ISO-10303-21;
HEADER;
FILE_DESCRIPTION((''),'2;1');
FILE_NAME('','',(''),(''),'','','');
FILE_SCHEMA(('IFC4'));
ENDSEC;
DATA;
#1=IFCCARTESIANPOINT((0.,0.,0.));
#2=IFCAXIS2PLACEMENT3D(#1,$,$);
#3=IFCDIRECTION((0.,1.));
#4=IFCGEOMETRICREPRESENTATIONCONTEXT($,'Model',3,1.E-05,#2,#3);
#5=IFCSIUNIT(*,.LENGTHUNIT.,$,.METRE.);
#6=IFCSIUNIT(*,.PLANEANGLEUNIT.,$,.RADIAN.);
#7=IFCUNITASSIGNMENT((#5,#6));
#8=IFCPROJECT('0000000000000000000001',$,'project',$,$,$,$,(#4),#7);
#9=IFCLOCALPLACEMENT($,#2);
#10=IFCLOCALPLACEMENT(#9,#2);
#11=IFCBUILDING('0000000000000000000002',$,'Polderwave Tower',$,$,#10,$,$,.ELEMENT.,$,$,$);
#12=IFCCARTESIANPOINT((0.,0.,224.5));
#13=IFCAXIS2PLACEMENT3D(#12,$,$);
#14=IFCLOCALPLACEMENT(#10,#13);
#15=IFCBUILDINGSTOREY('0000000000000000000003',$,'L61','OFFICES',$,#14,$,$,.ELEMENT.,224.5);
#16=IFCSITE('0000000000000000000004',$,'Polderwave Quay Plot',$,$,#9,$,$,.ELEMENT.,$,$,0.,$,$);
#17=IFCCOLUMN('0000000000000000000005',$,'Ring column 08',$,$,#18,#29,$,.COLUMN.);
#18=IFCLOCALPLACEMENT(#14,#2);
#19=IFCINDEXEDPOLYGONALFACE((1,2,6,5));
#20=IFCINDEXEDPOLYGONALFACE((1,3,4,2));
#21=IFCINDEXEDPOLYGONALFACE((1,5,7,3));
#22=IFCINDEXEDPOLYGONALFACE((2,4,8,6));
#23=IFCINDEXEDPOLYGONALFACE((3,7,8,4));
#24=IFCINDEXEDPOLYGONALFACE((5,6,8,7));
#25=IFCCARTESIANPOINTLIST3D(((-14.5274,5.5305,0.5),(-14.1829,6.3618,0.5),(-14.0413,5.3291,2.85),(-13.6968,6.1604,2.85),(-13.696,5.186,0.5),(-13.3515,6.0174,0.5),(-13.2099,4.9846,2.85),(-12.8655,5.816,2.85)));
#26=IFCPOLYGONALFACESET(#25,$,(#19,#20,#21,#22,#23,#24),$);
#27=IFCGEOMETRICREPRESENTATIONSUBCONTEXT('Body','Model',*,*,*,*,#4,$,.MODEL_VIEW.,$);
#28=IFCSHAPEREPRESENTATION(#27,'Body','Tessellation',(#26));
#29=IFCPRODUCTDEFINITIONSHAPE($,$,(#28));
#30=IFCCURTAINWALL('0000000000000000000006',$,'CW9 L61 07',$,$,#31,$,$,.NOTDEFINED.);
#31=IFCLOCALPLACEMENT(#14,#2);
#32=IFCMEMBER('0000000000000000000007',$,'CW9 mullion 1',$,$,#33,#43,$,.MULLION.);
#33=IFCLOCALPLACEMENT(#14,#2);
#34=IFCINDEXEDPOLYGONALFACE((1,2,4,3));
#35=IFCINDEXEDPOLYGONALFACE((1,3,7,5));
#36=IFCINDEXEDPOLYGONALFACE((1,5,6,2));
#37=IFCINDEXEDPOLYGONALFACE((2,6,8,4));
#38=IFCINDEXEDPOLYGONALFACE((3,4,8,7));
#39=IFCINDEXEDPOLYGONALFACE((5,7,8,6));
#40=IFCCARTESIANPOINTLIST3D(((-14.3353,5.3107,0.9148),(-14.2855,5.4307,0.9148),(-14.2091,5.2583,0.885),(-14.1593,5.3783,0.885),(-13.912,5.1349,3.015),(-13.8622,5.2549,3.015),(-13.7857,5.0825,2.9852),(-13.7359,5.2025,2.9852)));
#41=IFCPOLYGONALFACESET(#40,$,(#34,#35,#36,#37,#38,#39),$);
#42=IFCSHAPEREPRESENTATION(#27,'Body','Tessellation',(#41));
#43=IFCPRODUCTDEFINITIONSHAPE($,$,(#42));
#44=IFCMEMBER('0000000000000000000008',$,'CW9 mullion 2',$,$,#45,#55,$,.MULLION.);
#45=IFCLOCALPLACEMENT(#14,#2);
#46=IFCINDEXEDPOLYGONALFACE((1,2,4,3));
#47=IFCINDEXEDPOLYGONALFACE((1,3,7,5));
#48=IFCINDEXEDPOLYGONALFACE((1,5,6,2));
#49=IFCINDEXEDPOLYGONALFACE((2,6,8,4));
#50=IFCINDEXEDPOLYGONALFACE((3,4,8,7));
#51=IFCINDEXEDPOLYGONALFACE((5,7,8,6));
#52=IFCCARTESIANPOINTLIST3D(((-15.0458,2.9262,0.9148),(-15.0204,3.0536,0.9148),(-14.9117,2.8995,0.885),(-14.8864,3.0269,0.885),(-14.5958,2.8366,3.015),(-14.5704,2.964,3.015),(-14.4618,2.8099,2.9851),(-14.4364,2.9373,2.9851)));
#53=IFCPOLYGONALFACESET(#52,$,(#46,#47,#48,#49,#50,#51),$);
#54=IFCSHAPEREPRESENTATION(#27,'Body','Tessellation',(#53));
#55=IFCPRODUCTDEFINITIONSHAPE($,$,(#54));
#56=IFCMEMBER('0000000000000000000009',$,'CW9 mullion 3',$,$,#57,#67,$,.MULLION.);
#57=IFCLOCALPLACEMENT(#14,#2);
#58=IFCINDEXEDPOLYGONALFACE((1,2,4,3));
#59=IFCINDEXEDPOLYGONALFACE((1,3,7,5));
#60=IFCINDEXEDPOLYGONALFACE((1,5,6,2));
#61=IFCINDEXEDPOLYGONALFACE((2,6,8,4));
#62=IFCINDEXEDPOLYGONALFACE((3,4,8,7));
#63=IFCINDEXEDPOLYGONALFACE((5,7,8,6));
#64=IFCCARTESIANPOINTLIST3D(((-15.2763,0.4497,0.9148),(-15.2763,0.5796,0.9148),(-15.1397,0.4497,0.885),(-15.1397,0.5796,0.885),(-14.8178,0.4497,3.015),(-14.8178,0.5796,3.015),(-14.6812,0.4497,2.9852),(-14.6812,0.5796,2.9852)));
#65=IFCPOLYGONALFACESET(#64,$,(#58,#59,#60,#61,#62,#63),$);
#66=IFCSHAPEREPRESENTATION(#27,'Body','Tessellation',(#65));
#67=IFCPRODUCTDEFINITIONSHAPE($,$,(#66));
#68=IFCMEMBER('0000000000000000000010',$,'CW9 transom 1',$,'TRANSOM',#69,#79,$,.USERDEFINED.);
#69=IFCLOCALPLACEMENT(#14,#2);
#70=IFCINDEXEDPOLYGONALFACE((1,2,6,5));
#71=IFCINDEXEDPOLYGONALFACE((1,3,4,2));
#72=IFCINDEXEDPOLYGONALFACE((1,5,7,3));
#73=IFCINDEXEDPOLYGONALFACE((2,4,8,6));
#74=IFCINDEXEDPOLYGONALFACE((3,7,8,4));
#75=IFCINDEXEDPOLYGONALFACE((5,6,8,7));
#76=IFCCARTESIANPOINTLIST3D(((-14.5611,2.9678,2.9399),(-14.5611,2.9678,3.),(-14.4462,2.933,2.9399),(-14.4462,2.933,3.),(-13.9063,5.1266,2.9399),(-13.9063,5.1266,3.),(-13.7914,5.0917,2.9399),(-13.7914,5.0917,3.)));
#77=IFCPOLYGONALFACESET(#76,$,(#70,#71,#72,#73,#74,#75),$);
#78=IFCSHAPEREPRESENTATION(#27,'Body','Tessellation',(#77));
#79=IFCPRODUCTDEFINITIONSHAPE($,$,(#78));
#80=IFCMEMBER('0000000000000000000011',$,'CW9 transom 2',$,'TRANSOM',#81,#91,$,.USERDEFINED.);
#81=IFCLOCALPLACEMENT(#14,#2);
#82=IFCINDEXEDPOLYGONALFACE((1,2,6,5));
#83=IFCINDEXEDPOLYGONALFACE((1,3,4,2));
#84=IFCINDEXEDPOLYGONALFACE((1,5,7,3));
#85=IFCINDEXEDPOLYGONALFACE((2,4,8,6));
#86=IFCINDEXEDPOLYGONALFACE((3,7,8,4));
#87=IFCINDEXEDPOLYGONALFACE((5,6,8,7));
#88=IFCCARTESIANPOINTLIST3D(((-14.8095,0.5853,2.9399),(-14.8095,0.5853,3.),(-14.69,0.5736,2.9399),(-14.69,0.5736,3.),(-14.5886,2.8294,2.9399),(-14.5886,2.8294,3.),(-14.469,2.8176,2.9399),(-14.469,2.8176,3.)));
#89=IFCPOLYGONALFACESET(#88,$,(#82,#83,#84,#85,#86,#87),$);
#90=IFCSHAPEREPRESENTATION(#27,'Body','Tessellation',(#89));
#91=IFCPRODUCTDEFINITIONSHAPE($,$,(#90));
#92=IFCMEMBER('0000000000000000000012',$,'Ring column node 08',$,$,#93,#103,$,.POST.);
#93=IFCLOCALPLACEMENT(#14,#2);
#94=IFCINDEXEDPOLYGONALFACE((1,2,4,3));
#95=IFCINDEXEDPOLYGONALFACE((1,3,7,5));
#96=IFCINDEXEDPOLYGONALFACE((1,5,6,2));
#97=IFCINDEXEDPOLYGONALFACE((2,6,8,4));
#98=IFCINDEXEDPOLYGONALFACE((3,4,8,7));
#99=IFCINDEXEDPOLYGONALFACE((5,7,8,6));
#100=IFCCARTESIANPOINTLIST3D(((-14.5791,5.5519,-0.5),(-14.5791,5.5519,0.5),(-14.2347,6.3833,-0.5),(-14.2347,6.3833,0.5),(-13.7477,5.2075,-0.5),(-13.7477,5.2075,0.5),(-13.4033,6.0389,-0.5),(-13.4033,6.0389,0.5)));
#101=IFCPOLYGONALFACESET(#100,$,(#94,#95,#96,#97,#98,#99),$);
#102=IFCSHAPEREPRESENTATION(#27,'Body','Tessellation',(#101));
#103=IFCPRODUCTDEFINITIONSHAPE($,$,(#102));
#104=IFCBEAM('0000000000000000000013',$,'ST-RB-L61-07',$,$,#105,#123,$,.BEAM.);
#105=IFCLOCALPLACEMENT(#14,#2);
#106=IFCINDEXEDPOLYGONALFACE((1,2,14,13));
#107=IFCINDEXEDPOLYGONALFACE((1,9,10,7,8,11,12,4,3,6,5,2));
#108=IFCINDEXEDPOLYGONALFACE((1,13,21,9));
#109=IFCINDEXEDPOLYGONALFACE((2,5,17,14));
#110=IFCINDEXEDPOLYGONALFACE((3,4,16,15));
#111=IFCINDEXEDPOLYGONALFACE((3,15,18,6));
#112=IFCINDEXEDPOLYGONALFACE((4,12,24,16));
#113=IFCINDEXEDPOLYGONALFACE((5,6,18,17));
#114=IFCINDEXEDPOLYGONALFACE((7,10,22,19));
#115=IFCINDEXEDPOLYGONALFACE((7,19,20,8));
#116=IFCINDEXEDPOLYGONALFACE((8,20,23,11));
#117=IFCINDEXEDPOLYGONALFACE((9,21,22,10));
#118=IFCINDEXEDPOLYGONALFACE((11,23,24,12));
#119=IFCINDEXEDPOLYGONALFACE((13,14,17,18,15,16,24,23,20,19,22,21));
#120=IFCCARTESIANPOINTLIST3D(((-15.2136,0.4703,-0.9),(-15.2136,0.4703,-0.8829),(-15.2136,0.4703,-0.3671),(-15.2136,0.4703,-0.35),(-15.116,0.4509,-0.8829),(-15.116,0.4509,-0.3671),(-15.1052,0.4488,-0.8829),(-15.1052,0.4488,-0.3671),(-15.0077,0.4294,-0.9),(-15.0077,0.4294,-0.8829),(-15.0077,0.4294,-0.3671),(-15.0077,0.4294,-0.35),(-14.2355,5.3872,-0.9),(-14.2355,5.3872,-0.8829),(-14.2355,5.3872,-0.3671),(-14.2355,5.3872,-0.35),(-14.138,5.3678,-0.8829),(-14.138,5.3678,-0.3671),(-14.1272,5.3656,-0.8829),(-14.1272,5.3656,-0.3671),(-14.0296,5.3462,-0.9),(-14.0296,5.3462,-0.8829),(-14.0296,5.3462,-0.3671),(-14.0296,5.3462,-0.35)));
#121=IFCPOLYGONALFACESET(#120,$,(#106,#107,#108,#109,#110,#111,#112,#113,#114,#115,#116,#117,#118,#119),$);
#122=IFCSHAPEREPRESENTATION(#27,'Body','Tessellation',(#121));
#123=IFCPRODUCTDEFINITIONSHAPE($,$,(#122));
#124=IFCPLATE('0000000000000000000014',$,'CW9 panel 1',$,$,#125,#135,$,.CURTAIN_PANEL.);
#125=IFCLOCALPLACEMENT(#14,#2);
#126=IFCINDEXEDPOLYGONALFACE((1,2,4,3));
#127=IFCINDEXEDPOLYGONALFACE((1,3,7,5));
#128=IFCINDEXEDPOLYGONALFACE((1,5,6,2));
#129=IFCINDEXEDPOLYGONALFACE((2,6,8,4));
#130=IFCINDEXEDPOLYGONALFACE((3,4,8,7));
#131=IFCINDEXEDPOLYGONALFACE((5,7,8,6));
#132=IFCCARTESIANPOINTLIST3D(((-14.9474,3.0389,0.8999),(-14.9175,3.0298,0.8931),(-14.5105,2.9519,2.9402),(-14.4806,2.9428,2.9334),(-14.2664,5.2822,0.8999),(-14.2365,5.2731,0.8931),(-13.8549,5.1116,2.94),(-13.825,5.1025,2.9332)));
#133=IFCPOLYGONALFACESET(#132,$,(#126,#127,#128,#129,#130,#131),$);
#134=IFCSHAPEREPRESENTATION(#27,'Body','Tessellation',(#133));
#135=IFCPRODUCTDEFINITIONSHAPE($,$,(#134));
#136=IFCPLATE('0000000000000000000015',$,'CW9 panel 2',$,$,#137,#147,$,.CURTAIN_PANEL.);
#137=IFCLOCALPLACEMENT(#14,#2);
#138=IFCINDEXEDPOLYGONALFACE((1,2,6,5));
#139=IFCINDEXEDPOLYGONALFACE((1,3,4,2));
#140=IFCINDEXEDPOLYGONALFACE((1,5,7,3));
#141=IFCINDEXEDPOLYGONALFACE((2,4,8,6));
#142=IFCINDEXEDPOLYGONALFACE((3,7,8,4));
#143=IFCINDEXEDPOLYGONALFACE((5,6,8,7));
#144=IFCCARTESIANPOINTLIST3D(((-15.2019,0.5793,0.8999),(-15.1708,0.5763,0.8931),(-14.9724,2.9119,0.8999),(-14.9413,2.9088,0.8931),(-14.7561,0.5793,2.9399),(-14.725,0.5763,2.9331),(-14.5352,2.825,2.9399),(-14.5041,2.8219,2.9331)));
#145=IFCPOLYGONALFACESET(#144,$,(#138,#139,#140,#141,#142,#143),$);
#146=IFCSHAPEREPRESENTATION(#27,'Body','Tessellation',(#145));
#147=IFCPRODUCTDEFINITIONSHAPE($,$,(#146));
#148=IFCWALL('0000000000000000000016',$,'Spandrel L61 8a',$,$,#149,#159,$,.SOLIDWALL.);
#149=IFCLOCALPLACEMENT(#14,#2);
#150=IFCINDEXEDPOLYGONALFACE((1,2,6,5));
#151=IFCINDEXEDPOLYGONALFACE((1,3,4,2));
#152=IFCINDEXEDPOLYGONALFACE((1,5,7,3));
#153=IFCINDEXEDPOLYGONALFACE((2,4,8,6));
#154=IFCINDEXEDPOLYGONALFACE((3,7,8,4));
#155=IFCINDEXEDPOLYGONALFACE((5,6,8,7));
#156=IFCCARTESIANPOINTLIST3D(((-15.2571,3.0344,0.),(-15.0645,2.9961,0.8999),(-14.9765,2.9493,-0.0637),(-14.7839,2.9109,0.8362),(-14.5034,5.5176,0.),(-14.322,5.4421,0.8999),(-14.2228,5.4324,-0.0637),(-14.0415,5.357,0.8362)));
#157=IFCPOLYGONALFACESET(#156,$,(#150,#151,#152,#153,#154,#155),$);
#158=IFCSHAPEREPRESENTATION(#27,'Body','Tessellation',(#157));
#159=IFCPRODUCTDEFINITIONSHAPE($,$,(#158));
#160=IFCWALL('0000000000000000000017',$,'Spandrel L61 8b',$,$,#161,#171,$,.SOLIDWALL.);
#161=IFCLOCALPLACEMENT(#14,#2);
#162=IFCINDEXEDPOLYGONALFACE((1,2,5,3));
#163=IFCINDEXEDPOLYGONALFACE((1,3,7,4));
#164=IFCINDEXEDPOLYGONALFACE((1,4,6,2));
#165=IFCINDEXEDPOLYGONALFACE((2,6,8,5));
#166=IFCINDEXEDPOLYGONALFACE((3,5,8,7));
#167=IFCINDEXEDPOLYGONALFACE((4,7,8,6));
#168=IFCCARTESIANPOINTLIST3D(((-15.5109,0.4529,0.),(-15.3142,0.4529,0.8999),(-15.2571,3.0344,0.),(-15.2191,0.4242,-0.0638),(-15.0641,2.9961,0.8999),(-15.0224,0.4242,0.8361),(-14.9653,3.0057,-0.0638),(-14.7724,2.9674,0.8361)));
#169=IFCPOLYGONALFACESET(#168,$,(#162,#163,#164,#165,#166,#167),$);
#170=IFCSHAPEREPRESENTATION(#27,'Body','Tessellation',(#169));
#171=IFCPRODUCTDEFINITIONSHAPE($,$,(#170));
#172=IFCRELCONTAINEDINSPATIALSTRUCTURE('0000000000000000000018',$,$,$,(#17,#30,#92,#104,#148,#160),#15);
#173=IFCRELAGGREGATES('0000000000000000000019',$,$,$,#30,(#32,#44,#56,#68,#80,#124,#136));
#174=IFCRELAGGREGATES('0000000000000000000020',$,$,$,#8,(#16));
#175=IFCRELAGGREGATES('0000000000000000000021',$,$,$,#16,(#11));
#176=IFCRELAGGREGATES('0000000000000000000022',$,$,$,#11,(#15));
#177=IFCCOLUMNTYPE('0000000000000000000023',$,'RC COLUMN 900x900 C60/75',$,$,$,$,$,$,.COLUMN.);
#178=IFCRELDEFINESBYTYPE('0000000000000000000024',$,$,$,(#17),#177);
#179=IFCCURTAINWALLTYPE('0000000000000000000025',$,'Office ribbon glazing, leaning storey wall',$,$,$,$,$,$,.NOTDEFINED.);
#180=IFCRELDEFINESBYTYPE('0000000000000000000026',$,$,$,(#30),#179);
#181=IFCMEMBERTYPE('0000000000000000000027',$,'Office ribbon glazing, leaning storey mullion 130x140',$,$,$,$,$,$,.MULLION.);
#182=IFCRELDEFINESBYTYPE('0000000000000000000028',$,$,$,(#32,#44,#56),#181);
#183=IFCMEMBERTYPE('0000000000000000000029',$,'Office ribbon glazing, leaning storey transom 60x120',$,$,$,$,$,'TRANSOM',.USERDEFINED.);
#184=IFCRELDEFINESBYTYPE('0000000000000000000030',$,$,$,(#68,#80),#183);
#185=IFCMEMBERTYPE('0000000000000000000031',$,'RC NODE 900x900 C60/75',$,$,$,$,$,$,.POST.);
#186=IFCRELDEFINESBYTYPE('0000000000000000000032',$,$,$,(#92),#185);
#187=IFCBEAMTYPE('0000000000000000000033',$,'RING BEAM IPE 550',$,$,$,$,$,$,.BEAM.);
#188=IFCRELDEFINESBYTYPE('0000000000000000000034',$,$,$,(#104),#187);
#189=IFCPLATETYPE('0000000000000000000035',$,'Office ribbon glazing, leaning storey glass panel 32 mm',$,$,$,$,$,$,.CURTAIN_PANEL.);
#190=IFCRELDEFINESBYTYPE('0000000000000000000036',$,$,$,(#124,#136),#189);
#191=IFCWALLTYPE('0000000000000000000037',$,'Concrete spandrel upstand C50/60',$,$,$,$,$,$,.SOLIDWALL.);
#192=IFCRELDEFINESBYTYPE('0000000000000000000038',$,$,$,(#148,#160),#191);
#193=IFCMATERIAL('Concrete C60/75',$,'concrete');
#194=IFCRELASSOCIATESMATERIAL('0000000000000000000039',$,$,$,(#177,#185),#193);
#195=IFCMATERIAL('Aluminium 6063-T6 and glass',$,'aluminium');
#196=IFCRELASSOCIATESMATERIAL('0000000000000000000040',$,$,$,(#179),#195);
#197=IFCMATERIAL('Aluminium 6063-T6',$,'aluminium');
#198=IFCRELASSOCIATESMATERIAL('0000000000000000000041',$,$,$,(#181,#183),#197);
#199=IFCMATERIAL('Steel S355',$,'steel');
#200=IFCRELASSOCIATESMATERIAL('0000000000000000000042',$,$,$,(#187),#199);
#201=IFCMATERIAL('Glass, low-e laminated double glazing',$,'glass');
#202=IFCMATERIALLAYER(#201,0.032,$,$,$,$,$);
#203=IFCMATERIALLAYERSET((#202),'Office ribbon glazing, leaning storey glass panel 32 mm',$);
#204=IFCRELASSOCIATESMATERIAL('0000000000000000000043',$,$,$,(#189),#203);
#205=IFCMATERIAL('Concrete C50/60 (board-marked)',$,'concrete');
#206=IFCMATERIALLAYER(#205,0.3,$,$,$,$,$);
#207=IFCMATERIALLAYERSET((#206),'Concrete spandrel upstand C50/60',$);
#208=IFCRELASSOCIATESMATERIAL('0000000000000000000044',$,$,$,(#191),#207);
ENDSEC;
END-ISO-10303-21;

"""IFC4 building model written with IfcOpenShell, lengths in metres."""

from ifc_helpers import new_model, si_unit, direction, frame, origin, origin_2d, place, context, subcontext, project, spatial, polyline, rectangle, i_section, outline, extrude, material, layer, layer_set, material_profile, profile_set, type_object, element, aggregate, save


model = new_model("IFC4")

# Units and contexts
model_context = context("Model", 3, precision=1e-05, world=origin(), true_north=direction((0.0, 1.0)))
body_context = subcontext(model_context, "Body", "Model", "MODEL_VIEW")
ifc_project = project(units=[si_unit("LENGTHUNIT", "METRE"), si_unit("PLANEANGLEUNIT", "RADIAN")], contexts=[model_context])

# Site, building, storey
site_placement = place(None, origin())
site = spatial("IfcSite", under=ifc_project, at=site_placement, Name="Polderwave Quay Plot", CompositionType="ELEMENT", RefElevation=0.0)
building_placement = place(site_placement, origin())
building = spatial("IfcBuilding", under=site, at=building_placement, Name="Polderwave Tower", CompositionType="ELEMENT")
storey_placement = place(building_placement, frame((0.0, 0.0, 224.5)))
storey = spatial("IfcBuildingStorey", under=building, at=storey_placement, Name="L61", Description="OFFICES", CompositionType="ELEMENT", Elevation=224.5)

# Column
ifc_material_1 = material(Name="Concrete C60/75", Category="concrete")
ifc_material_profile_1 = material_profile(ifc_material_1, rectangle(XDim=0.8999, YDim=0.8999, at=origin_2d()), Name="RC 900x900")
ifc_profile_set_1 = profile_set([ifc_material_profile_1], Name="Concrete C60/75")
column_type = type_object("IfcColumnType", Name="RC COLUMN 900x900 C60/75", PredefinedType="COLUMN", material=ifc_profile_set_1)
column_placement = place(storey_placement, frame((-13.9395, 5.7739, 0.5), z_axis=(0.0, 0.0, 1.0), x_axis=(0.382803, 0.92383, 0.0)))
element("IfcColumn", 1, at=column_placement, inside=storey, type_object=column_type, Name="Ring column 08", PredefinedType="COLUMN", context=body_context, shape_type="SweptSolid", body=[
    extrude(rectangle(XDim=0.8999, YDim=0.8999, at=origin_2d()), origin(), (0.0, -0.21848, 0.975841), 2.4082),
])

# Curtain wall, members
ifc_material_2 = material(Name="Aluminium 6063-T6 and glass", Category="aluminium")
curtain_wall_type = type_object("IfcCurtainWallType", Name="Office ribbon glazing, leaning storey wall", PredefinedType="NOTDEFINED", material=ifc_material_2)
curtain_wall_placement = place(storey_placement, origin())
curtain_wall = element("IfcCurtainWall", 2, at=curtain_wall_placement, inside=storey, type_object=curtain_wall_type, Name="CW9 L61 07", PredefinedType="NOTDEFINED")
ifc_material_3 = material(Name="Aluminium 6063-T6", Category="aluminium")
ifc_material_profile_2 = material_profile(ifc_material_3, rectangle(XDim=0.1299, YDim=0.1399, at=origin_2d()), Name="AL 130x140")
ifc_profile_set_2 = profile_set([ifc_material_profile_2], Name="Aluminium 6063-T6")
member_type_1 = type_object("IfcMemberType", Name="Office ribbon glazing, leaning storey mullion 130x140", PredefinedType="MULLION", material=ifc_profile_set_2)
member_1_placement = place(storey_placement, frame((-14.2473, 5.3445, 0.8999), z_axis=(0.196944, -0.081776, 0.976998), x_axis=(0.383481, 0.923549, 0.0)))
member_1 = element("IfcMember", 3, at=member_1_placement, type_object=member_type_1, Name="CW9 mullion 1", PredefinedType="MULLION", context=body_context, shape_type="SweptSolid", body=[
    extrude(rectangle(XDim=0.1299, YDim=0.1399, at=origin_2d()), origin(), (0.0, 0.0, 1.0), 2.1497),
])
member_2_placement = place(storey_placement, frame((-14.9661, 2.9766, 0.8999), z_axis=(0.209316, -0.041681, 0.976959), x_axis=(0.195297, 0.980744, 0.0)))
member_2 = element("IfcMember", 4, at=member_2_placement, type_object=member_type_1, Name="CW9 mullion 2", PredefinedType="MULLION", context=body_context, shape_type="SweptSolid", body=[
    extrude(rectangle(XDim=0.1299, YDim=0.1399, at=origin_2d()), origin(), (0.0, 0.0, 1.0), 2.1497),
])
member_3_placement = place(storey_placement, frame((-15.208, 0.5146, 0.8999), z_axis=(0.213297, 0.0, 0.976987), x_axis=(0.0, 1.0, 0.0)))
member_3 = element("IfcMember", 5, at=member_3_placement, type_object=member_type_1, Name="CW9 mullion 3", PredefinedType="MULLION", context=body_context, shape_type="SweptSolid", body=[
    extrude(rectangle(XDim=0.1299, YDim=0.1399, at=origin_2d()), origin(), (0.0, 0.0, 1.0), 2.1497),
])
ifc_material_profile_3 = material_profile(ifc_material_3, rectangle(XDim=0.1201, YDim=0.0601, at=origin_2d()), Name="AL 60x120")
ifc_profile_set_3 = profile_set([ifc_material_profile_3], Name="Aluminium 6063-T6")
member_type_2 = type_object("IfcMemberType", Name="Office ribbon glazing, leaning storey transom 60x120", ElementType="TRANSOM", PredefinedType="USERDEFINED", material=ifc_profile_set_3)
member_4_placement = place(storey_placement, frame((-13.8489, 5.1091, 2.97), z_axis=(-0.290266, -0.956946, 0.0), x_axis=(0.956946, -0.290266, 0.0)))
member_4 = element("IfcMember", 6, at=member_4_placement, type_object=member_type_2, Name="CW9 transom 1", ObjectType="TRANSOM", PredefinedType="USERDEFINED", context=body_context, shape_type="SweptSolid", body=[
    extrude(rectangle(XDim=0.1201, YDim=0.0601, at=origin_2d()), origin(), (0.0, 0.0, 1.0), 2.2559),
])
member_5_placement = place(storey_placement, frame((-14.5288, 2.8235, 2.97), z_axis=(-0.097981, -0.995188, 0.0), x_axis=(0.995188, -0.097981, 0.0)))
member_5 = element("IfcMember", 7, at=member_5_placement, type_object=member_type_2, Name="CW9 transom 2", ObjectType="TRANSOM", PredefinedType="USERDEFINED", context=body_context, shape_type="SweptSolid", body=[
    extrude(rectangle(XDim=0.1201, YDim=0.0601, at=origin_2d()), origin(), (0.0, 0.0, 1.0), 2.2549),
])

# Member
ifc_material_profile_4 = material_profile(ifc_material_1, rectangle(XDim=0.8999, YDim=0.8999, at=origin_2d()), Name="RC 900x900")
ifc_profile_set_4 = profile_set([ifc_material_profile_4], Name="Concrete C60/75")
member_type_3 = type_object("IfcMemberType", Name="RC NODE 900x900 C60/75", PredefinedType="POST", material=ifc_profile_set_4)
member_6_placement = place(storey_placement, frame((-13.9912, 5.7954, -0.5), z_axis=(0.0, 0.0, 1.0), x_axis=(-0.92388, 0.382683, 0.0)))
element("IfcMember", 8, at=member_6_placement, inside=storey, type_object=member_type_3, Name="Ring column node 08", PredefinedType="POST", context=body_context, shape_type="SweptSolid", body=[
    extrude(rectangle(XDim=0.8999, YDim=0.8999, at=origin_2d()), origin(), (0.0, 0.0, 1.0), 1.0),
])

# Beam
ifc_material_4 = material(Name="Steel S355", Category="steel")
ifc_material_profile_5 = material_profile(ifc_material_4, i_section(OverallWidth=0.21, OverallDepth=0.55, WebThickness=0.011, FlangeThickness=0.0171, at=origin_2d()), Name="IPE 550")
ifc_profile_set_5 = profile_set([ifc_material_profile_5], Name="Steel S355")
beam_type = type_object("IfcBeamType", Name="RING BEAM IPE 550", PredefinedType="BEAM", material=ifc_profile_set_5)
beam_placement = place(storey_placement, frame((-14.1326, 5.3667, -0.625), z_axis=(-0.195095, -0.980784, 0.0), x_axis=(0.980784, -0.195095, 0.0)))
element("IfcBeam", 9, at=beam_placement, inside=storey, type_object=beam_type, Name="ST-RB-L61-07", PredefinedType="BEAM", context=body_context, shape_type="SweptSolid", body=[
    extrude(i_section(OverallWidth=0.21, OverallDepth=0.55, WebThickness=0.011, FlangeThickness=0.0171, at=origin_2d()), origin(), (0.0, 0.0, 1.0), 5.0132),
])

# Plates
ifc_material_5 = material(Name="Glass, low-e laminated double glazing", Category="glass")
ifc_layer_1 = layer(ifc_material_5, 0.032)
ifc_layer_set_1 = layer_set([ifc_layer_1], Name="Office ribbon glazing, leaning storey glass panel 32 mm")
plate_type = type_object("IfcPlateType", Name="Office ribbon glazing, leaning storey glass panel 32 mm", PredefinedType="CURTAIN_PANEL", material=ifc_layer_set_1)
plate_1_placement = place(storey_placement, frame((-14.2664, 5.2822, 0.8999), z_axis=(-0.935056, 0.283873, 0.212338), x_axis=(-0.290494, -0.956877, 0.000014)))
plate_1 = element("IfcPlate", 10, at=plate_1_placement, type_object=plate_type, Name="CW9 panel 1", PredefinedType="CURTAIN_PANEL", context=body_context, shape_type="SweptSolid", body=[
    extrude(outline(polyline([(0.0, 0.0), (2.3445, 0.0), (2.3008, 2.0879), (0.0438, 2.0877), (0.0, 0.0)])), origin(), (0.0, 0.0, -1.0), 0.032),
])
plate_2_placement = place(storey_placement, frame((-14.9724, 2.9119, 0.8999), z_axis=(-0.972463, 0.09568, 0.21251), x_axis=(-0.097917, -0.995195, 0.0)))
plate_2 = element("IfcPlate", 11, at=plate_2_placement, type_object=plate_type, Name="CW9 panel 2", PredefinedType="CURTAIN_PANEL", context=body_context, shape_type="SweptSolid", body=[
    extrude(outline(polyline([(0.0, 0.0), (2.3438, 0.0), (2.3001, 2.0877), (0.0437, 2.0877), (0.0, 0.0)])), origin(), (0.0, 0.0, -1.0), 0.032),
])
aggregate(curtain_wall, [member_1, member_2, member_3, member_4, member_5, plate_1, plate_2])

# Walls
ifc_material_6 = material(Name="Concrete C50/60 (board-marked)", Category="concrete")
ifc_layer_2 = layer(ifc_material_6, 0.3)
ifc_layer_set_2 = layer_set([ifc_layer_2], Name="Concrete spandrel upstand C50/60")
wall_type_1 = type_object("IfcWallType", Name="Concrete spandrel upstand C50/60", PredefinedType="SOLIDWALL", material=ifc_layer_set_2)
wall_1_placement = place(storey_placement, frame((-14.5034, 5.5176, 0.0), z_axis=(-0.93509, 0.283815, 0.212265), x_axis=(-0.290433, -0.956895, 0.000001)))
element("IfcWall", 12, at=wall_1_placement, inside=storey, type_object=wall_type_1, Name="Spandrel L61 8a", PredefinedType="SOLIDWALL", context=body_context, shape_type="SweptSolid", body=[
    extrude(outline(polyline([(0.0, 0.0), (2.595, 0.0), (2.5757, 0.9209), (0.0195, 0.9209), (0.0, 0.0)])), origin(), (0.0, 0.0, -1.0), 0.3),
])
wall_2_placement = place(storey_placement, frame((-15.2571, 3.0344, 0.0), z_axis=(-0.972457, 0.09562, 0.212568), x_axis=(-0.097857, -0.9952, -0.000005)))
element("IfcWall", 13, at=wall_2_placement, inside=storey, type_object=wall_type_1, Name="Spandrel L61 8b", PredefinedType="SOLIDWALL", context=body_context, shape_type="SweptSolid", body=[
    extrude(outline(polyline([(0.0, 0.0), (2.594, 0.0), (2.5747, 0.921), (0.0193, 0.9209), (0.0, 0.0)])), origin(), (0.0, 0.0, -1.0), 0.3),
])

save(model, "model.ifc")
